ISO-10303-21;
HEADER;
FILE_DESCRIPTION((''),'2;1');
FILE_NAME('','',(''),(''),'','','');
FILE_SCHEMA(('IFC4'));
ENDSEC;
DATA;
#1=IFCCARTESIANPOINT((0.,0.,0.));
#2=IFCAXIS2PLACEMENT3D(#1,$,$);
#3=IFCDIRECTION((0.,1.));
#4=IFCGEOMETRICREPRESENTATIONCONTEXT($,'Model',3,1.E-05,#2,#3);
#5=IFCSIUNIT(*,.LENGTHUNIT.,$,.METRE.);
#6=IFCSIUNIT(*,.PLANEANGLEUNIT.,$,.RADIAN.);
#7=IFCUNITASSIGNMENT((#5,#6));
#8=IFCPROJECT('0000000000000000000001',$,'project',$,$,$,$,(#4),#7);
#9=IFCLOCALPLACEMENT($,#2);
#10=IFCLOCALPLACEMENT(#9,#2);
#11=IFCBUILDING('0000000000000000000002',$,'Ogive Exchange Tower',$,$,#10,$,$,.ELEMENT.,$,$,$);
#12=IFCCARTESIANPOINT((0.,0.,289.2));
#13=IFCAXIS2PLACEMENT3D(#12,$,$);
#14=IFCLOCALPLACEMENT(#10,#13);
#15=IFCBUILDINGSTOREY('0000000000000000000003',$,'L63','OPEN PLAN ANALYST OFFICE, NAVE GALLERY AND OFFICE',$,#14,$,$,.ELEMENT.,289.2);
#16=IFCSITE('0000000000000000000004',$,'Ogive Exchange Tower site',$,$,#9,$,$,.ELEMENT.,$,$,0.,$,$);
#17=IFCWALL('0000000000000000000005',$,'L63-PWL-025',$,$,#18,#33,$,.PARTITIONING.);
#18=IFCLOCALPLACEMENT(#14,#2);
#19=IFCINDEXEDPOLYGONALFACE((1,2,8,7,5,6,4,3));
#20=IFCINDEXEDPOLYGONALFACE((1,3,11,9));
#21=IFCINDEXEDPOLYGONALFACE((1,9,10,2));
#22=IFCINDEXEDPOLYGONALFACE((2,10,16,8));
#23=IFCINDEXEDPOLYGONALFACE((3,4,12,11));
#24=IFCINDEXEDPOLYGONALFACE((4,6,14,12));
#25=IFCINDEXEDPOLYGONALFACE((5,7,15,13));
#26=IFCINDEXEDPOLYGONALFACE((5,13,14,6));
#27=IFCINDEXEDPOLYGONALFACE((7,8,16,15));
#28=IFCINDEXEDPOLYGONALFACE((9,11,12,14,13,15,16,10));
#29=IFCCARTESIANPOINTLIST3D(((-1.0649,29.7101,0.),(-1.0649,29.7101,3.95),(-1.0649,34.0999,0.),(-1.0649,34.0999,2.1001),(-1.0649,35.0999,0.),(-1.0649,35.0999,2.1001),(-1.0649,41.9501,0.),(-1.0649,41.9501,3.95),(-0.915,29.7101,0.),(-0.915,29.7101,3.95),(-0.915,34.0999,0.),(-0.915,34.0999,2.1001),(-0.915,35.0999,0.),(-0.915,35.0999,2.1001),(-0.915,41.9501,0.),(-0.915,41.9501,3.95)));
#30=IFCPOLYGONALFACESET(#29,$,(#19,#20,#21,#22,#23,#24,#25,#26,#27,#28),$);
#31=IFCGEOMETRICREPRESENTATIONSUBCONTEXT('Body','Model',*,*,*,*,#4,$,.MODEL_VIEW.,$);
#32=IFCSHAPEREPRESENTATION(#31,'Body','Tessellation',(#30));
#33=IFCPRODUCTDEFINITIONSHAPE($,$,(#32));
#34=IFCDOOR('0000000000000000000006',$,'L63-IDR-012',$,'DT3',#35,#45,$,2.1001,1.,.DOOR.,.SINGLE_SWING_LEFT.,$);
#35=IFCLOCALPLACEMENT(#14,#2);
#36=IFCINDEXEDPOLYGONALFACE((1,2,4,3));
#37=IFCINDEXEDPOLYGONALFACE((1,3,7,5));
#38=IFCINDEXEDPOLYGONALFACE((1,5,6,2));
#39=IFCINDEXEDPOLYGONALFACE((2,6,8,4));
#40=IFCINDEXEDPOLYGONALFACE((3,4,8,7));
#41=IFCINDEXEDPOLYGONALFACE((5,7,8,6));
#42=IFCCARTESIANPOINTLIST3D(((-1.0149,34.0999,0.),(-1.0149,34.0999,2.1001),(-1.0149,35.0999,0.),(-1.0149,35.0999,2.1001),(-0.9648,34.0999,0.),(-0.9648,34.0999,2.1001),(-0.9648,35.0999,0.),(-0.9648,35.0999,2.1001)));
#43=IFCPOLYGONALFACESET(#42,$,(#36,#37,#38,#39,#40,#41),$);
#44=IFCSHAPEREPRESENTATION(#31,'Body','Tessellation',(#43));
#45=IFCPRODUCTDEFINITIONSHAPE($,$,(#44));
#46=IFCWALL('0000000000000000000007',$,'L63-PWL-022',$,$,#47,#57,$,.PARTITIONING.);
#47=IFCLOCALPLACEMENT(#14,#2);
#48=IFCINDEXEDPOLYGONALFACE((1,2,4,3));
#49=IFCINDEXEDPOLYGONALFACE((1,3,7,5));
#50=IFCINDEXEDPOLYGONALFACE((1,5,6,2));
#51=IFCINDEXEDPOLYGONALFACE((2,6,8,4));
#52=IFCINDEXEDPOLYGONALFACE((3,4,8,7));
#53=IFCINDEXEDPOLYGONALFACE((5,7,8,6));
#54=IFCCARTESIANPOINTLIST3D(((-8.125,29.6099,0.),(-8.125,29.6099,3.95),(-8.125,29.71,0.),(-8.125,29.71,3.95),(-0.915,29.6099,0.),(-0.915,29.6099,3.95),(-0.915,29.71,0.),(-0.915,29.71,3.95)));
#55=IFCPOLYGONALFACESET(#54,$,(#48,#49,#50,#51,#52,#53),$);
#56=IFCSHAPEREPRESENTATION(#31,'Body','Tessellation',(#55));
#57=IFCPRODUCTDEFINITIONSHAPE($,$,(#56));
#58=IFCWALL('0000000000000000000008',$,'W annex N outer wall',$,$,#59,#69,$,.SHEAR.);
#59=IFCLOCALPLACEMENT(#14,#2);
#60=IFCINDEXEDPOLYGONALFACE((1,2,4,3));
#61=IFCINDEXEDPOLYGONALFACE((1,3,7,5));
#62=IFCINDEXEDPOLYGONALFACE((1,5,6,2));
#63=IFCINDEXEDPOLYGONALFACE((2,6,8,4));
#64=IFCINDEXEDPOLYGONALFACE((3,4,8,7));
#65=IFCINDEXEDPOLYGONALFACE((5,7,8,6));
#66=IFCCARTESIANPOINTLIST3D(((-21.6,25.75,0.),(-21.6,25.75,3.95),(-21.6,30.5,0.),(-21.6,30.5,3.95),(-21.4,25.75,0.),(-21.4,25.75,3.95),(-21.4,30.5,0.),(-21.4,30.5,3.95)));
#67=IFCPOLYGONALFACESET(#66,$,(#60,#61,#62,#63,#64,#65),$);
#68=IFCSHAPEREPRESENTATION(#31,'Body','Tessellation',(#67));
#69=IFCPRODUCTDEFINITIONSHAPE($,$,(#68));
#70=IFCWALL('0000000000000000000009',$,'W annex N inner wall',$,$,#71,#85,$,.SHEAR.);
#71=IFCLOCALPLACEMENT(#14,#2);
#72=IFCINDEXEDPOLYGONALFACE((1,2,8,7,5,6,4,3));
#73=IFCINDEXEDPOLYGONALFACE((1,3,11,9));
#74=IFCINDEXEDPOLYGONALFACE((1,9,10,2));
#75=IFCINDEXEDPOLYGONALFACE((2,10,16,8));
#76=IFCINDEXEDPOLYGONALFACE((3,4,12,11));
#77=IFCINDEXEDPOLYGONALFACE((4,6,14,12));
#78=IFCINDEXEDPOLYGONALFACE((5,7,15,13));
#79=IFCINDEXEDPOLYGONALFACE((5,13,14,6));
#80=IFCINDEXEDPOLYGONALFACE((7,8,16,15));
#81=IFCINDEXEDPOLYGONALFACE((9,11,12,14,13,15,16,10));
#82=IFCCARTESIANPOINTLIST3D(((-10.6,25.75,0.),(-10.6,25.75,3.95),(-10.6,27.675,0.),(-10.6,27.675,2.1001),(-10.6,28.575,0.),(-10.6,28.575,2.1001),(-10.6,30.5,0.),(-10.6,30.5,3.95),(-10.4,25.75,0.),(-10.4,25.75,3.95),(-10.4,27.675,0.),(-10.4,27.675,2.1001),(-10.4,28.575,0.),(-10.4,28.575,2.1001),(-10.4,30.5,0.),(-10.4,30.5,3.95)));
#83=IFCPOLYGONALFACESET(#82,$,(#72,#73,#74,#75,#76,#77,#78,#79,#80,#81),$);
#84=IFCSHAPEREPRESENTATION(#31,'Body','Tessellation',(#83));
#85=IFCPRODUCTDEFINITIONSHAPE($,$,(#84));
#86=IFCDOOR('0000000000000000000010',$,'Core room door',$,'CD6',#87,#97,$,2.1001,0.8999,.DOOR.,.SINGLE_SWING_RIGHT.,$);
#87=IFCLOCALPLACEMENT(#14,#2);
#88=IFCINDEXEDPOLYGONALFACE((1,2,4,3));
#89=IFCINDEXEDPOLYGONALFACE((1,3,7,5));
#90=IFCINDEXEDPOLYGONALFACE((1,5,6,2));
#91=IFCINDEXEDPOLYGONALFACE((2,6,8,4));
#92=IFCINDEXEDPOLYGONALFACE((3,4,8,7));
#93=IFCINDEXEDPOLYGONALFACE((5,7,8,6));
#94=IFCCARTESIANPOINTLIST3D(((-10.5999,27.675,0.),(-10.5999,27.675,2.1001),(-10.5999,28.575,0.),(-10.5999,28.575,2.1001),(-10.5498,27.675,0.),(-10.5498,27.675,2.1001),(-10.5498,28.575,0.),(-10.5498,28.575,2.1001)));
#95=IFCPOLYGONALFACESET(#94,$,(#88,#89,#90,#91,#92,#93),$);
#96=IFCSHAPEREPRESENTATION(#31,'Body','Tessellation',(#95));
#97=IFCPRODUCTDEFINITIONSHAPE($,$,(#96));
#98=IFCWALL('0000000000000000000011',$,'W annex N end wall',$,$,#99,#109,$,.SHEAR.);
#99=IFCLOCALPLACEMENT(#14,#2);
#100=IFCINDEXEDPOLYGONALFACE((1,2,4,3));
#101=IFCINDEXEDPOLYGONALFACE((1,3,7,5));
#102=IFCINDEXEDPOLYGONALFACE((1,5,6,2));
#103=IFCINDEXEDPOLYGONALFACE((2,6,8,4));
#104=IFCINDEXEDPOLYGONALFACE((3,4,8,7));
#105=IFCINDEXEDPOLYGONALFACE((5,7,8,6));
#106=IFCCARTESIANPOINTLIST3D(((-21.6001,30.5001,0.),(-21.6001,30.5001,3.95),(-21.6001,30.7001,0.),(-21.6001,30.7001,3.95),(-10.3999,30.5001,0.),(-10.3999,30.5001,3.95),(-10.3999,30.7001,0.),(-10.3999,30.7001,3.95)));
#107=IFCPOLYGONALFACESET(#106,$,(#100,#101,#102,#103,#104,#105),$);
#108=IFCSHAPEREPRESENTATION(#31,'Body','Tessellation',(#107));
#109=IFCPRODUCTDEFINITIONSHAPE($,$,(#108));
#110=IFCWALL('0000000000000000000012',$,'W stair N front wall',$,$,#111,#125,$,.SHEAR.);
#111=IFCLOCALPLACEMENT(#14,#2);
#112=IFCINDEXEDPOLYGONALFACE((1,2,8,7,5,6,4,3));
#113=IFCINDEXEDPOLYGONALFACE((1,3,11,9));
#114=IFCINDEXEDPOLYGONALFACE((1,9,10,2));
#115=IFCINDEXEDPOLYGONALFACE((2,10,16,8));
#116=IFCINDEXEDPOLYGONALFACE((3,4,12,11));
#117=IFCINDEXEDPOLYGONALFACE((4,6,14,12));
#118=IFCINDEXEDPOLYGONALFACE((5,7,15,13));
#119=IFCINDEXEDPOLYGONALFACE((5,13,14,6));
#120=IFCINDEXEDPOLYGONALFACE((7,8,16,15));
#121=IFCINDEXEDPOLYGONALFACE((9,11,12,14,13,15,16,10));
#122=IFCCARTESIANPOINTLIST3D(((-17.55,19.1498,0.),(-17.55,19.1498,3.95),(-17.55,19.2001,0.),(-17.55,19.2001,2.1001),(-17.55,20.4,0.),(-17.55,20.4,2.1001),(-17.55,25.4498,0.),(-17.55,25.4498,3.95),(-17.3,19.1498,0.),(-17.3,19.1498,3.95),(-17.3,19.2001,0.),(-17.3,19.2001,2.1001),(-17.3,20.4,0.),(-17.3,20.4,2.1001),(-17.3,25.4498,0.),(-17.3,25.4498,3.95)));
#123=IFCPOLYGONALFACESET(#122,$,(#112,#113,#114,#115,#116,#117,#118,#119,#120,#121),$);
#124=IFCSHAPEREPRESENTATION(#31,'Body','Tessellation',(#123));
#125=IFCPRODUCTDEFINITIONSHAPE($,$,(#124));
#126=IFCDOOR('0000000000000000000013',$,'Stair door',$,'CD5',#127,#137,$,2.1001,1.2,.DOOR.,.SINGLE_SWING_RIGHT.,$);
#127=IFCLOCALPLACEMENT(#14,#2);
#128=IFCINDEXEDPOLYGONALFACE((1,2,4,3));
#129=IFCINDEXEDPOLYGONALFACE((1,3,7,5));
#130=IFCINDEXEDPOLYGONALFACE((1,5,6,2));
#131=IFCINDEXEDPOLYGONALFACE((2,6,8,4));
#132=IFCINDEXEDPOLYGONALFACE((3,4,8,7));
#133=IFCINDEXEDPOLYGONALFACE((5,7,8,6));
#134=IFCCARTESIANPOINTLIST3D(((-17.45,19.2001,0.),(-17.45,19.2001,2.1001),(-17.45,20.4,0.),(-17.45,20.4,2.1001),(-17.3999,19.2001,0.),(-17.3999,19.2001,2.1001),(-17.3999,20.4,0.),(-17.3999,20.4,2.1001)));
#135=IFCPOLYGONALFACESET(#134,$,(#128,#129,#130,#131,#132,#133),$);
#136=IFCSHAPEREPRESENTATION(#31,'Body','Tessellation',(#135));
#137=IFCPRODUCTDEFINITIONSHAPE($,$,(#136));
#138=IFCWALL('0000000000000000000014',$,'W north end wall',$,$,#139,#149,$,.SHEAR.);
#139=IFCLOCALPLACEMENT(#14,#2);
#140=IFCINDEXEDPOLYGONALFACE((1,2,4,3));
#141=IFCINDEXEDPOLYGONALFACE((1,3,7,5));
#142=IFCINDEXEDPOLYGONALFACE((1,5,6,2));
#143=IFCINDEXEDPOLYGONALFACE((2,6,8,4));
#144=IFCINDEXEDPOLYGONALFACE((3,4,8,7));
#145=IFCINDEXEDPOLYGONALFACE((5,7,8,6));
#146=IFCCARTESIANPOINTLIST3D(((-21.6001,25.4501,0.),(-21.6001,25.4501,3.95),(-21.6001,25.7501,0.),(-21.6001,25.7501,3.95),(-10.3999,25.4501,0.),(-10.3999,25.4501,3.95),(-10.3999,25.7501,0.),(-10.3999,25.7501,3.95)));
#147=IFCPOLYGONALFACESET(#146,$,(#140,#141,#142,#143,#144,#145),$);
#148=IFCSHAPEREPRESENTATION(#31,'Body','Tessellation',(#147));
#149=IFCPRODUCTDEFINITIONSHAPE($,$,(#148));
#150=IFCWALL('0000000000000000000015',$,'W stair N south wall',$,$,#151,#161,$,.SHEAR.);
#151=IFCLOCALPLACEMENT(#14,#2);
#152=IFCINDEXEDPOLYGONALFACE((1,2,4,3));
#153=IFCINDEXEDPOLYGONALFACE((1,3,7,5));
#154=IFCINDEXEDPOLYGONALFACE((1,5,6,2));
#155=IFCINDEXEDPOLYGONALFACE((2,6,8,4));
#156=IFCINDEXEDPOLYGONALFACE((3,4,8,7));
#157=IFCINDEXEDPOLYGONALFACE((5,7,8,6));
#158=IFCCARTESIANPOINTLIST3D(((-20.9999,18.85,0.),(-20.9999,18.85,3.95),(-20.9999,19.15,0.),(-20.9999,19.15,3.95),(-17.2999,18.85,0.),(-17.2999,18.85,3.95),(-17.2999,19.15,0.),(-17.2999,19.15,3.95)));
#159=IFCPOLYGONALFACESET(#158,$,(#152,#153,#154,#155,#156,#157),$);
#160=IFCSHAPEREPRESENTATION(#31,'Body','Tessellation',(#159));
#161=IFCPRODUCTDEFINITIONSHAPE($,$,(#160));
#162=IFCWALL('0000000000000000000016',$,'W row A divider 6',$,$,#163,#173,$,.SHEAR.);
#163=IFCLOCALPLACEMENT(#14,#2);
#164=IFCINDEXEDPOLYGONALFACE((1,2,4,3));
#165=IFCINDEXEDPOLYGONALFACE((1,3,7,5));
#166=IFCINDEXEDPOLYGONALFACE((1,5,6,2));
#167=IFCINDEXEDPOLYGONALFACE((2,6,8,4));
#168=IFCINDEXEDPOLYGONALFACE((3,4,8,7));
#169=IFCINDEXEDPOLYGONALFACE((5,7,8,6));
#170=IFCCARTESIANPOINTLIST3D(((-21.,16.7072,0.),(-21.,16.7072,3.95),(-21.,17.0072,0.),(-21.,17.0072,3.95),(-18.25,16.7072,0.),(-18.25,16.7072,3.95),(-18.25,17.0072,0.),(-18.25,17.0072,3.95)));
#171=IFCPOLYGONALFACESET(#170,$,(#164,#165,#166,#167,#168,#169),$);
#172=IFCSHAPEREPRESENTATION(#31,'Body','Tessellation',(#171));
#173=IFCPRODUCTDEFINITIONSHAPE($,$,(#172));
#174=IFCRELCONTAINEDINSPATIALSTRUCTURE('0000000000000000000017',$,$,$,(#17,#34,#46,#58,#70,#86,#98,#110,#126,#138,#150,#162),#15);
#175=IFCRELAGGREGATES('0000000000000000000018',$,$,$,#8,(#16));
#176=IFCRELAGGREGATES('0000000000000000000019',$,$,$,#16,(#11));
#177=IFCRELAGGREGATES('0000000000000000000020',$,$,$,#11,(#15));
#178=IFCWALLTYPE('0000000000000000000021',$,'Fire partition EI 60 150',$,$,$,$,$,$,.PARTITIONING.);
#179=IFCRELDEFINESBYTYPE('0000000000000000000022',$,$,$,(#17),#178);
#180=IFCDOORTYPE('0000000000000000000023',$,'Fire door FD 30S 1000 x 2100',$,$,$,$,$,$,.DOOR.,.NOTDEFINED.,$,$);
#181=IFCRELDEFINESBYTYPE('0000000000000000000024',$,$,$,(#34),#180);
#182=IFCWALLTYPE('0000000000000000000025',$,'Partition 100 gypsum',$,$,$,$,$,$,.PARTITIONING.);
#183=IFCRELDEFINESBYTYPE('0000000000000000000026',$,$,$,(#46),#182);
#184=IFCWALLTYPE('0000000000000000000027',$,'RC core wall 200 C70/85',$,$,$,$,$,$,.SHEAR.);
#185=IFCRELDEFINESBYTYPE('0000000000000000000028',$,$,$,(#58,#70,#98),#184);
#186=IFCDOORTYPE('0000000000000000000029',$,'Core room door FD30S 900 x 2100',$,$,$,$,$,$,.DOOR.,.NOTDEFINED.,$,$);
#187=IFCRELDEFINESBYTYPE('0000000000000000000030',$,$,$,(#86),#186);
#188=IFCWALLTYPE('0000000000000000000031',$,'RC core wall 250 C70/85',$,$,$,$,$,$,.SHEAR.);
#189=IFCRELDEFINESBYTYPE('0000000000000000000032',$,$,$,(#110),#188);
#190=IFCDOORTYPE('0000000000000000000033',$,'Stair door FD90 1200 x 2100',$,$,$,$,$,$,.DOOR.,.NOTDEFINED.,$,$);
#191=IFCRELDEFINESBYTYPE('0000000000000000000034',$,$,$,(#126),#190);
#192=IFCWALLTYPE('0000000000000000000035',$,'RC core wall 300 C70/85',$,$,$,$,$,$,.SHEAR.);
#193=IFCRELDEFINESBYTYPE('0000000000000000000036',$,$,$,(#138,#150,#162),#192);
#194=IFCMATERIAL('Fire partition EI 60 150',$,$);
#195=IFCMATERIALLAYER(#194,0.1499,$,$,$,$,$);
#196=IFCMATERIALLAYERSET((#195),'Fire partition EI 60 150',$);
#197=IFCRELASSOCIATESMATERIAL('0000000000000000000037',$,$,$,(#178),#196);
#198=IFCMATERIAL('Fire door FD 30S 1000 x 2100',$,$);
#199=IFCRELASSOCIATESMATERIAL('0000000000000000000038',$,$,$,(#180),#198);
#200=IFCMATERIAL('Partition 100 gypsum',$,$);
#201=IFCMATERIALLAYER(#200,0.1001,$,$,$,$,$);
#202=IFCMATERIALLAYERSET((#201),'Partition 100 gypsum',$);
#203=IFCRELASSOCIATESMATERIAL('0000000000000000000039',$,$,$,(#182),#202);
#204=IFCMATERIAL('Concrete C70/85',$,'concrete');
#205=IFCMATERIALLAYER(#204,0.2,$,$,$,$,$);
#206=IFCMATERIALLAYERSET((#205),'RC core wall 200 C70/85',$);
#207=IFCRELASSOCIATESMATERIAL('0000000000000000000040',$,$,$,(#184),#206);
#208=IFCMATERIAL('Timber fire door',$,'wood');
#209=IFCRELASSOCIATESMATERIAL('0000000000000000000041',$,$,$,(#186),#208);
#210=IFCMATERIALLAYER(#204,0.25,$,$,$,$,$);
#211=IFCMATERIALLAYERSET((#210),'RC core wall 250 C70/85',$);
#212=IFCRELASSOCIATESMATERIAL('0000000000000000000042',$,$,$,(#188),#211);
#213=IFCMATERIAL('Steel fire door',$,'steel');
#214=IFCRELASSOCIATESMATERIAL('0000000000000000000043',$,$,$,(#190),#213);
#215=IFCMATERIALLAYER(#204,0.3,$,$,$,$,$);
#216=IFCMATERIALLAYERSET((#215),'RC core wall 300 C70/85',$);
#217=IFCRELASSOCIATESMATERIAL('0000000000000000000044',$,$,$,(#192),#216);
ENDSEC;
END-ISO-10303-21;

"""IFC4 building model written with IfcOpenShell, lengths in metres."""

from ifc_helpers import new_model, si_unit, direction, frame, frame_2d, origin, place, context, subcontext, project, spatial, rectangle, extrude, material, layer, layer_set, type_object, element, fill, save


model = new_model("IFC4")

# Units and contexts
model_context = context("Model", 3, precision=1e-05, world=origin(), true_north=direction((0.0, 1.0)))
body_context = subcontext(model_context, "Body", "Model", "MODEL_VIEW")
ifc_project = project(units=[si_unit("LENGTHUNIT", "METRE"), si_unit("PLANEANGLEUNIT", "RADIAN")], contexts=[model_context])

# Site, building, storey
site_placement = place(None, origin())
site = spatial("IfcSite", under=ifc_project, at=site_placement, Name="Ogive Exchange Tower site", CompositionType="ELEMENT", RefElevation=0.0)
building_placement = place(site_placement, origin())
building = spatial("IfcBuilding", under=site, at=building_placement, Name="Ogive Exchange Tower", CompositionType="ELEMENT")
storey_placement = place(building_placement, frame((0.0, 0.0, 289.2)))
storey = spatial("IfcBuildingStorey", under=building, at=storey_placement, Name="L63", Description="OPEN PLAN ANALYST OFFICE, NAVE GALLERY AND OFFICE", CompositionType="ELEMENT", Elevation=289.2)

# Shared definitions
ifc_material_1 = material(Name="Fire partition EI 60 150")
ifc_layer_1 = layer(ifc_material_1, 0.1499)
ifc_layer_set_1 = layer_set([ifc_layer_1], Name="Fire partition EI 60 150")
wall_type_1 = type_object("IfcWallType", Name="Fire partition EI 60 150", PredefinedType="PARTITIONING", material=ifc_layer_set_1)

# Shared definitions
ifc_material_2 = material(Name="Fire door FD 30S 1000 x 2100")
door_type_1 = type_object("IfcDoorType", Name="Fire door FD 30S 1000 x 2100", OperationType="NOTDEFINED", PredefinedType="DOOR", material=ifc_material_2)

# Wall, opening, door
wall_1_placement = place(storey_placement, frame((-0.99, 29.71, 0.0), z_axis=(0.0, 0.0, 1.0), x_axis=(0.0, 1.0, 0.0)))
wall_1 = element("IfcWall", 1, at=wall_1_placement, inside=storey, type_object=wall_type_1, Name="L63-PWL-025", PredefinedType="PARTITIONING", context=body_context, shape_type="SweptSolid", body=[
    extrude(rectangle(XDim=12.24, YDim=0.1499, at=frame_2d((6.1201, 0.0))), origin(), (0.0, 0.0, 1.0), 3.95),
])
opening_1_placement = place(wall_1_placement, frame((4.3899, 0.0, 0.0)))
opening_1 = element("IfcOpeningElement", 2, at=opening_1_placement, cuts=wall_1, PredefinedType="OPENING", context=body_context, shape_type="SweptSolid", body=[
    extrude(rectangle(XDim=1.0, YDim=2.1001, at=frame_2d((0.5, 1.05))), frame((0.0, 0.085, 0.0), z_axis=(0.0, -1.0, 0.0), x_axis=(1.0, 0.0, 0.0)), (0.0, 0.0, 1.0), 0.1699),
])
door_1_placement = place(opening_1_placement, origin())
door_1 = element("IfcDoor", 3, at=door_1_placement, inside=storey, type_object=door_type_1, Name="L63-IDR-012", ObjectType="DT3", OperationType="SINGLE_SWING_LEFT", OverallHeight=2.1001, OverallWidth=1.0, PredefinedType="DOOR", context=body_context, shape_type="SweptSolid", body=[
    extrude(rectangle(XDim=1.0, YDim=2.1001, at=frame_2d((0.5, 1.05))), frame((0.0, 0.0249, 0.0), z_axis=(0.0, -1.0, 0.0), x_axis=(1.0, 0.0, 0.0)), (0.0, 0.0, 1.0), 0.05),
])
fill(opening_1, door_1)

# Walls
ifc_material_3 = material(Name="Partition 100 gypsum")
ifc_layer_2 = layer(ifc_material_3, 0.1001)
ifc_layer_set_2 = layer_set([ifc_layer_2], Name="Partition 100 gypsum")
wall_type_2 = type_object("IfcWallType", Name="Partition 100 gypsum", PredefinedType="PARTITIONING", material=ifc_layer_set_2)
wall_2_placement = place(storey_placement, frame((-8.125, 29.6599, 0.0), z_axis=(0.0, 0.0, 1.0), x_axis=(1.0, 0.0, 0.0)))
element("IfcWall", 4, at=wall_2_placement, inside=storey, type_object=wall_type_2, Name="L63-PWL-022", PredefinedType="PARTITIONING", context=body_context, shape_type="SweptSolid", body=[
    extrude(rectangle(XDim=7.21, YDim=0.1001, at=frame_2d((3.605, 0.0))), origin(), (0.0, 0.0, 1.0), 3.95),
])
ifc_material_4 = material(Name="Concrete C70/85", Category="concrete")
ifc_layer_3 = layer(ifc_material_4, 0.2)
ifc_layer_set_3 = layer_set([ifc_layer_3], Name="RC core wall 200 C70/85")
wall_type_3 = type_object("IfcWallType", Name="RC core wall 200 C70/85", PredefinedType="SHEAR", material=ifc_layer_set_3)
wall_3_placement = place(storey_placement, frame((-21.5, 25.75, 0.0), z_axis=(0.0, 0.0, 1.0), x_axis=(0.0, 1.0, 0.0)))
element("IfcWall", 5, at=wall_3_placement, inside=storey, type_object=wall_type_3, Name="W annex N outer wall", PredefinedType="SHEAR", context=body_context, shape_type="SweptSolid", body=[
    extrude(rectangle(XDim=4.75, YDim=0.2, at=frame_2d((2.375, 0.0))), origin(), (0.0, 0.0, 1.0), 3.95),
])

# Wall, opening, door
wall_4_placement = place(storey_placement, frame((-10.5, 25.75, 0.0), z_axis=(0.0, 0.0, 1.0), x_axis=(0.0, 1.0, 0.0)))
wall_4 = element("IfcWall", 6, at=wall_4_placement, inside=storey, type_object=wall_type_3, Name="W annex N inner wall", PredefinedType="SHEAR", context=body_context, shape_type="SweptSolid", body=[
    extrude(rectangle(XDim=4.75, YDim=0.2, at=frame_2d((2.375, 0.0))), origin(), (0.0, 0.0, 1.0), 3.95),
])
opening_2_placement = place(wall_4_placement, frame((1.925, 0.0, 0.0)))
opening_2 = element("IfcOpeningElement", 7, at=opening_2_placement, cuts=wall_4, PredefinedType="OPENING", context=body_context, shape_type="SweptSolid", body=[
    extrude(rectangle(XDim=0.8999, YDim=2.1001, at=frame_2d((0.45, 1.05))), frame((0.0, 0.1099, 0.0), z_axis=(0.0, -1.0, 0.0), x_axis=(1.0, 0.0, 0.0)), (0.0, 0.0, 1.0), 0.22),
])
ifc_material_5 = material(Name="Timber fire door", Category="wood")
door_type_2 = type_object("IfcDoorType", Name="Core room door FD30S 900 x 2100", OperationType="NOTDEFINED", PredefinedType="DOOR", material=ifc_material_5)
door_2_placement = place(opening_2_placement, frame((0.8999, 0.1499, 0.0), z_axis=(0.0, 0.0, 1.0), x_axis=(-1.0, 0.0, 0.0)))
door_2 = element("IfcDoor", 8, at=door_2_placement, inside=storey, type_object=door_type_2, Name="Core room door", ObjectType="CD6", OperationType="SINGLE_SWING_RIGHT", OverallHeight=2.1001, OverallWidth=0.8999, PredefinedType="DOOR", context=body_context, shape_type="SweptSolid", body=[
    extrude(rectangle(XDim=0.8999, YDim=2.1001, at=frame_2d((0.45, 1.05))), frame((0.0, 0.1001, 0.0), z_axis=(0.0, -1.0, 0.0), x_axis=(1.0, 0.0, 0.0)), (0.0, 0.0, 1.0), 0.05),
])
fill(opening_2, door_2)

# Wall
wall_5_placement = place(storey_placement, frame((-21.6001, 30.6001, 0.0), z_axis=(0.0, 0.0, 1.0), x_axis=(1.0, 0.0, 0.0)))
element("IfcWall", 9, at=wall_5_placement, inside=storey, type_object=wall_type_3, Name="W annex N end wall", PredefinedType="SHEAR", context=body_context, shape_type="SweptSolid", body=[
    extrude(rectangle(XDim=11.2002, YDim=0.2, at=frame_2d((5.6001, 0.0))), origin(), (0.0, 0.0, 1.0), 3.95),
])

# Wall, opening, door
ifc_layer_4 = layer(ifc_material_4, 0.25)
ifc_layer_set_4 = layer_set([ifc_layer_4], Name="RC core wall 250 C70/85")
wall_type_4 = type_object("IfcWallType", Name="RC core wall 250 C70/85", PredefinedType="SHEAR", material=ifc_layer_set_4)
wall_6_placement = place(storey_placement, frame((-17.425, 19.1499, 0.0), z_axis=(0.0, 0.0, 1.0), x_axis=(0.0, 1.0, 0.0)))
wall_6 = element("IfcWall", 10, at=wall_6_placement, inside=storey, type_object=wall_type_4, Name="W stair N front wall", PredefinedType="SHEAR", context=body_context, shape_type="SweptSolid", body=[
    extrude(rectangle(XDim=6.3, YDim=0.25, at=frame_2d((3.1499, 0.0))), origin(), (0.0, 0.0, 1.0), 3.95),
])
opening_3_placement = place(wall_6_placement, frame((0.05, 0.0, 0.0)))
opening_3 = element("IfcOpeningElement", 11, at=opening_3_placement, cuts=wall_6, PredefinedType="OPENING", context=body_context, shape_type="SweptSolid", body=[
    extrude(rectangle(XDim=1.2, YDim=2.1001, at=frame_2d((0.6001, 1.05))), frame((0.0, 0.135, 0.0), z_axis=(0.0, -1.0, 0.0), x_axis=(1.0, 0.0, 0.0)), (0.0, 0.0, 1.0), 0.27),
])
ifc_material_6 = material(Name="Steel fire door", Category="steel")
door_type_3 = type_object("IfcDoorType", Name="Stair door FD90 1200 x 2100", OperationType="NOTDEFINED", PredefinedType="DOOR", material=ifc_material_6)
door_3_placement = place(opening_3_placement, origin())
door_3 = element("IfcDoor", 12, at=door_3_placement, inside=storey, type_object=door_type_3, Name="Stair door", ObjectType="CD5", OperationType="SINGLE_SWING_RIGHT", OverallHeight=2.1001, OverallWidth=1.2, PredefinedType="DOOR", context=body_context, shape_type="SweptSolid", body=[
    extrude(rectangle(XDim=1.2, YDim=2.1001, at=frame_2d((0.6001, 1.05))), frame((0.0, 0.0249, 0.0), z_axis=(0.0, -1.0, 0.0), x_axis=(1.0, 0.0, 0.0)), (0.0, 0.0, 1.0), 0.05),
])
fill(opening_3, door_3)

# Walls
ifc_layer_5 = layer(ifc_material_4, 0.3)
ifc_layer_set_5 = layer_set([ifc_layer_5], Name="RC core wall 300 C70/85")
wall_type_5 = type_object("IfcWallType", Name="RC core wall 300 C70/85", PredefinedType="SHEAR", material=ifc_layer_set_5)
wall_7_placement = place(storey_placement, frame((-21.6001, 25.6001, 0.0), z_axis=(0.0, 0.0, 1.0), x_axis=(1.0, 0.0, 0.0)))
element("IfcWall", 13, at=wall_7_placement, inside=storey, type_object=wall_type_5, Name="W north end wall", PredefinedType="SHEAR", context=body_context, shape_type="SweptSolid", body=[
    extrude(rectangle(XDim=11.2002, YDim=0.3, at=frame_2d((5.6001, 0.0))), origin(), (0.0, 0.0, 1.0), 3.95),
])
wall_8_placement = place(storey_placement, frame((-21.0, 19.0, 0.0), z_axis=(0.0, 0.0, 1.0), x_axis=(1.0, 0.0, 0.0)))
element("IfcWall", 14, at=wall_8_placement, inside=storey, type_object=wall_type_5, Name="W stair N south wall", PredefinedType="SHEAR", context=body_context, shape_type="SweptSolid", body=[
    extrude(rectangle(XDim=3.7, YDim=0.3, at=frame_2d((1.8501, 0.0))), origin(), (0.0, 0.0, 1.0), 3.95),
])
wall_9_placement = place(storey_placement, frame((-21.0, 16.8572, 0.0), z_axis=(0.0, 0.0, 1.0), x_axis=(1.0, 0.0, 0.0)))
element("IfcWall", 15, at=wall_9_placement, inside=storey, type_object=wall_type_5, Name="W row A divider 6", PredefinedType="SHEAR", context=body_context, shape_type="SweptSolid", body=[
    extrude(rectangle(XDim=2.75, YDim=0.3, at=frame_2d((1.375, 0.0))), origin(), (0.0, 0.0, 1.0), 3.95),
])

save(model, "model.ifc")
